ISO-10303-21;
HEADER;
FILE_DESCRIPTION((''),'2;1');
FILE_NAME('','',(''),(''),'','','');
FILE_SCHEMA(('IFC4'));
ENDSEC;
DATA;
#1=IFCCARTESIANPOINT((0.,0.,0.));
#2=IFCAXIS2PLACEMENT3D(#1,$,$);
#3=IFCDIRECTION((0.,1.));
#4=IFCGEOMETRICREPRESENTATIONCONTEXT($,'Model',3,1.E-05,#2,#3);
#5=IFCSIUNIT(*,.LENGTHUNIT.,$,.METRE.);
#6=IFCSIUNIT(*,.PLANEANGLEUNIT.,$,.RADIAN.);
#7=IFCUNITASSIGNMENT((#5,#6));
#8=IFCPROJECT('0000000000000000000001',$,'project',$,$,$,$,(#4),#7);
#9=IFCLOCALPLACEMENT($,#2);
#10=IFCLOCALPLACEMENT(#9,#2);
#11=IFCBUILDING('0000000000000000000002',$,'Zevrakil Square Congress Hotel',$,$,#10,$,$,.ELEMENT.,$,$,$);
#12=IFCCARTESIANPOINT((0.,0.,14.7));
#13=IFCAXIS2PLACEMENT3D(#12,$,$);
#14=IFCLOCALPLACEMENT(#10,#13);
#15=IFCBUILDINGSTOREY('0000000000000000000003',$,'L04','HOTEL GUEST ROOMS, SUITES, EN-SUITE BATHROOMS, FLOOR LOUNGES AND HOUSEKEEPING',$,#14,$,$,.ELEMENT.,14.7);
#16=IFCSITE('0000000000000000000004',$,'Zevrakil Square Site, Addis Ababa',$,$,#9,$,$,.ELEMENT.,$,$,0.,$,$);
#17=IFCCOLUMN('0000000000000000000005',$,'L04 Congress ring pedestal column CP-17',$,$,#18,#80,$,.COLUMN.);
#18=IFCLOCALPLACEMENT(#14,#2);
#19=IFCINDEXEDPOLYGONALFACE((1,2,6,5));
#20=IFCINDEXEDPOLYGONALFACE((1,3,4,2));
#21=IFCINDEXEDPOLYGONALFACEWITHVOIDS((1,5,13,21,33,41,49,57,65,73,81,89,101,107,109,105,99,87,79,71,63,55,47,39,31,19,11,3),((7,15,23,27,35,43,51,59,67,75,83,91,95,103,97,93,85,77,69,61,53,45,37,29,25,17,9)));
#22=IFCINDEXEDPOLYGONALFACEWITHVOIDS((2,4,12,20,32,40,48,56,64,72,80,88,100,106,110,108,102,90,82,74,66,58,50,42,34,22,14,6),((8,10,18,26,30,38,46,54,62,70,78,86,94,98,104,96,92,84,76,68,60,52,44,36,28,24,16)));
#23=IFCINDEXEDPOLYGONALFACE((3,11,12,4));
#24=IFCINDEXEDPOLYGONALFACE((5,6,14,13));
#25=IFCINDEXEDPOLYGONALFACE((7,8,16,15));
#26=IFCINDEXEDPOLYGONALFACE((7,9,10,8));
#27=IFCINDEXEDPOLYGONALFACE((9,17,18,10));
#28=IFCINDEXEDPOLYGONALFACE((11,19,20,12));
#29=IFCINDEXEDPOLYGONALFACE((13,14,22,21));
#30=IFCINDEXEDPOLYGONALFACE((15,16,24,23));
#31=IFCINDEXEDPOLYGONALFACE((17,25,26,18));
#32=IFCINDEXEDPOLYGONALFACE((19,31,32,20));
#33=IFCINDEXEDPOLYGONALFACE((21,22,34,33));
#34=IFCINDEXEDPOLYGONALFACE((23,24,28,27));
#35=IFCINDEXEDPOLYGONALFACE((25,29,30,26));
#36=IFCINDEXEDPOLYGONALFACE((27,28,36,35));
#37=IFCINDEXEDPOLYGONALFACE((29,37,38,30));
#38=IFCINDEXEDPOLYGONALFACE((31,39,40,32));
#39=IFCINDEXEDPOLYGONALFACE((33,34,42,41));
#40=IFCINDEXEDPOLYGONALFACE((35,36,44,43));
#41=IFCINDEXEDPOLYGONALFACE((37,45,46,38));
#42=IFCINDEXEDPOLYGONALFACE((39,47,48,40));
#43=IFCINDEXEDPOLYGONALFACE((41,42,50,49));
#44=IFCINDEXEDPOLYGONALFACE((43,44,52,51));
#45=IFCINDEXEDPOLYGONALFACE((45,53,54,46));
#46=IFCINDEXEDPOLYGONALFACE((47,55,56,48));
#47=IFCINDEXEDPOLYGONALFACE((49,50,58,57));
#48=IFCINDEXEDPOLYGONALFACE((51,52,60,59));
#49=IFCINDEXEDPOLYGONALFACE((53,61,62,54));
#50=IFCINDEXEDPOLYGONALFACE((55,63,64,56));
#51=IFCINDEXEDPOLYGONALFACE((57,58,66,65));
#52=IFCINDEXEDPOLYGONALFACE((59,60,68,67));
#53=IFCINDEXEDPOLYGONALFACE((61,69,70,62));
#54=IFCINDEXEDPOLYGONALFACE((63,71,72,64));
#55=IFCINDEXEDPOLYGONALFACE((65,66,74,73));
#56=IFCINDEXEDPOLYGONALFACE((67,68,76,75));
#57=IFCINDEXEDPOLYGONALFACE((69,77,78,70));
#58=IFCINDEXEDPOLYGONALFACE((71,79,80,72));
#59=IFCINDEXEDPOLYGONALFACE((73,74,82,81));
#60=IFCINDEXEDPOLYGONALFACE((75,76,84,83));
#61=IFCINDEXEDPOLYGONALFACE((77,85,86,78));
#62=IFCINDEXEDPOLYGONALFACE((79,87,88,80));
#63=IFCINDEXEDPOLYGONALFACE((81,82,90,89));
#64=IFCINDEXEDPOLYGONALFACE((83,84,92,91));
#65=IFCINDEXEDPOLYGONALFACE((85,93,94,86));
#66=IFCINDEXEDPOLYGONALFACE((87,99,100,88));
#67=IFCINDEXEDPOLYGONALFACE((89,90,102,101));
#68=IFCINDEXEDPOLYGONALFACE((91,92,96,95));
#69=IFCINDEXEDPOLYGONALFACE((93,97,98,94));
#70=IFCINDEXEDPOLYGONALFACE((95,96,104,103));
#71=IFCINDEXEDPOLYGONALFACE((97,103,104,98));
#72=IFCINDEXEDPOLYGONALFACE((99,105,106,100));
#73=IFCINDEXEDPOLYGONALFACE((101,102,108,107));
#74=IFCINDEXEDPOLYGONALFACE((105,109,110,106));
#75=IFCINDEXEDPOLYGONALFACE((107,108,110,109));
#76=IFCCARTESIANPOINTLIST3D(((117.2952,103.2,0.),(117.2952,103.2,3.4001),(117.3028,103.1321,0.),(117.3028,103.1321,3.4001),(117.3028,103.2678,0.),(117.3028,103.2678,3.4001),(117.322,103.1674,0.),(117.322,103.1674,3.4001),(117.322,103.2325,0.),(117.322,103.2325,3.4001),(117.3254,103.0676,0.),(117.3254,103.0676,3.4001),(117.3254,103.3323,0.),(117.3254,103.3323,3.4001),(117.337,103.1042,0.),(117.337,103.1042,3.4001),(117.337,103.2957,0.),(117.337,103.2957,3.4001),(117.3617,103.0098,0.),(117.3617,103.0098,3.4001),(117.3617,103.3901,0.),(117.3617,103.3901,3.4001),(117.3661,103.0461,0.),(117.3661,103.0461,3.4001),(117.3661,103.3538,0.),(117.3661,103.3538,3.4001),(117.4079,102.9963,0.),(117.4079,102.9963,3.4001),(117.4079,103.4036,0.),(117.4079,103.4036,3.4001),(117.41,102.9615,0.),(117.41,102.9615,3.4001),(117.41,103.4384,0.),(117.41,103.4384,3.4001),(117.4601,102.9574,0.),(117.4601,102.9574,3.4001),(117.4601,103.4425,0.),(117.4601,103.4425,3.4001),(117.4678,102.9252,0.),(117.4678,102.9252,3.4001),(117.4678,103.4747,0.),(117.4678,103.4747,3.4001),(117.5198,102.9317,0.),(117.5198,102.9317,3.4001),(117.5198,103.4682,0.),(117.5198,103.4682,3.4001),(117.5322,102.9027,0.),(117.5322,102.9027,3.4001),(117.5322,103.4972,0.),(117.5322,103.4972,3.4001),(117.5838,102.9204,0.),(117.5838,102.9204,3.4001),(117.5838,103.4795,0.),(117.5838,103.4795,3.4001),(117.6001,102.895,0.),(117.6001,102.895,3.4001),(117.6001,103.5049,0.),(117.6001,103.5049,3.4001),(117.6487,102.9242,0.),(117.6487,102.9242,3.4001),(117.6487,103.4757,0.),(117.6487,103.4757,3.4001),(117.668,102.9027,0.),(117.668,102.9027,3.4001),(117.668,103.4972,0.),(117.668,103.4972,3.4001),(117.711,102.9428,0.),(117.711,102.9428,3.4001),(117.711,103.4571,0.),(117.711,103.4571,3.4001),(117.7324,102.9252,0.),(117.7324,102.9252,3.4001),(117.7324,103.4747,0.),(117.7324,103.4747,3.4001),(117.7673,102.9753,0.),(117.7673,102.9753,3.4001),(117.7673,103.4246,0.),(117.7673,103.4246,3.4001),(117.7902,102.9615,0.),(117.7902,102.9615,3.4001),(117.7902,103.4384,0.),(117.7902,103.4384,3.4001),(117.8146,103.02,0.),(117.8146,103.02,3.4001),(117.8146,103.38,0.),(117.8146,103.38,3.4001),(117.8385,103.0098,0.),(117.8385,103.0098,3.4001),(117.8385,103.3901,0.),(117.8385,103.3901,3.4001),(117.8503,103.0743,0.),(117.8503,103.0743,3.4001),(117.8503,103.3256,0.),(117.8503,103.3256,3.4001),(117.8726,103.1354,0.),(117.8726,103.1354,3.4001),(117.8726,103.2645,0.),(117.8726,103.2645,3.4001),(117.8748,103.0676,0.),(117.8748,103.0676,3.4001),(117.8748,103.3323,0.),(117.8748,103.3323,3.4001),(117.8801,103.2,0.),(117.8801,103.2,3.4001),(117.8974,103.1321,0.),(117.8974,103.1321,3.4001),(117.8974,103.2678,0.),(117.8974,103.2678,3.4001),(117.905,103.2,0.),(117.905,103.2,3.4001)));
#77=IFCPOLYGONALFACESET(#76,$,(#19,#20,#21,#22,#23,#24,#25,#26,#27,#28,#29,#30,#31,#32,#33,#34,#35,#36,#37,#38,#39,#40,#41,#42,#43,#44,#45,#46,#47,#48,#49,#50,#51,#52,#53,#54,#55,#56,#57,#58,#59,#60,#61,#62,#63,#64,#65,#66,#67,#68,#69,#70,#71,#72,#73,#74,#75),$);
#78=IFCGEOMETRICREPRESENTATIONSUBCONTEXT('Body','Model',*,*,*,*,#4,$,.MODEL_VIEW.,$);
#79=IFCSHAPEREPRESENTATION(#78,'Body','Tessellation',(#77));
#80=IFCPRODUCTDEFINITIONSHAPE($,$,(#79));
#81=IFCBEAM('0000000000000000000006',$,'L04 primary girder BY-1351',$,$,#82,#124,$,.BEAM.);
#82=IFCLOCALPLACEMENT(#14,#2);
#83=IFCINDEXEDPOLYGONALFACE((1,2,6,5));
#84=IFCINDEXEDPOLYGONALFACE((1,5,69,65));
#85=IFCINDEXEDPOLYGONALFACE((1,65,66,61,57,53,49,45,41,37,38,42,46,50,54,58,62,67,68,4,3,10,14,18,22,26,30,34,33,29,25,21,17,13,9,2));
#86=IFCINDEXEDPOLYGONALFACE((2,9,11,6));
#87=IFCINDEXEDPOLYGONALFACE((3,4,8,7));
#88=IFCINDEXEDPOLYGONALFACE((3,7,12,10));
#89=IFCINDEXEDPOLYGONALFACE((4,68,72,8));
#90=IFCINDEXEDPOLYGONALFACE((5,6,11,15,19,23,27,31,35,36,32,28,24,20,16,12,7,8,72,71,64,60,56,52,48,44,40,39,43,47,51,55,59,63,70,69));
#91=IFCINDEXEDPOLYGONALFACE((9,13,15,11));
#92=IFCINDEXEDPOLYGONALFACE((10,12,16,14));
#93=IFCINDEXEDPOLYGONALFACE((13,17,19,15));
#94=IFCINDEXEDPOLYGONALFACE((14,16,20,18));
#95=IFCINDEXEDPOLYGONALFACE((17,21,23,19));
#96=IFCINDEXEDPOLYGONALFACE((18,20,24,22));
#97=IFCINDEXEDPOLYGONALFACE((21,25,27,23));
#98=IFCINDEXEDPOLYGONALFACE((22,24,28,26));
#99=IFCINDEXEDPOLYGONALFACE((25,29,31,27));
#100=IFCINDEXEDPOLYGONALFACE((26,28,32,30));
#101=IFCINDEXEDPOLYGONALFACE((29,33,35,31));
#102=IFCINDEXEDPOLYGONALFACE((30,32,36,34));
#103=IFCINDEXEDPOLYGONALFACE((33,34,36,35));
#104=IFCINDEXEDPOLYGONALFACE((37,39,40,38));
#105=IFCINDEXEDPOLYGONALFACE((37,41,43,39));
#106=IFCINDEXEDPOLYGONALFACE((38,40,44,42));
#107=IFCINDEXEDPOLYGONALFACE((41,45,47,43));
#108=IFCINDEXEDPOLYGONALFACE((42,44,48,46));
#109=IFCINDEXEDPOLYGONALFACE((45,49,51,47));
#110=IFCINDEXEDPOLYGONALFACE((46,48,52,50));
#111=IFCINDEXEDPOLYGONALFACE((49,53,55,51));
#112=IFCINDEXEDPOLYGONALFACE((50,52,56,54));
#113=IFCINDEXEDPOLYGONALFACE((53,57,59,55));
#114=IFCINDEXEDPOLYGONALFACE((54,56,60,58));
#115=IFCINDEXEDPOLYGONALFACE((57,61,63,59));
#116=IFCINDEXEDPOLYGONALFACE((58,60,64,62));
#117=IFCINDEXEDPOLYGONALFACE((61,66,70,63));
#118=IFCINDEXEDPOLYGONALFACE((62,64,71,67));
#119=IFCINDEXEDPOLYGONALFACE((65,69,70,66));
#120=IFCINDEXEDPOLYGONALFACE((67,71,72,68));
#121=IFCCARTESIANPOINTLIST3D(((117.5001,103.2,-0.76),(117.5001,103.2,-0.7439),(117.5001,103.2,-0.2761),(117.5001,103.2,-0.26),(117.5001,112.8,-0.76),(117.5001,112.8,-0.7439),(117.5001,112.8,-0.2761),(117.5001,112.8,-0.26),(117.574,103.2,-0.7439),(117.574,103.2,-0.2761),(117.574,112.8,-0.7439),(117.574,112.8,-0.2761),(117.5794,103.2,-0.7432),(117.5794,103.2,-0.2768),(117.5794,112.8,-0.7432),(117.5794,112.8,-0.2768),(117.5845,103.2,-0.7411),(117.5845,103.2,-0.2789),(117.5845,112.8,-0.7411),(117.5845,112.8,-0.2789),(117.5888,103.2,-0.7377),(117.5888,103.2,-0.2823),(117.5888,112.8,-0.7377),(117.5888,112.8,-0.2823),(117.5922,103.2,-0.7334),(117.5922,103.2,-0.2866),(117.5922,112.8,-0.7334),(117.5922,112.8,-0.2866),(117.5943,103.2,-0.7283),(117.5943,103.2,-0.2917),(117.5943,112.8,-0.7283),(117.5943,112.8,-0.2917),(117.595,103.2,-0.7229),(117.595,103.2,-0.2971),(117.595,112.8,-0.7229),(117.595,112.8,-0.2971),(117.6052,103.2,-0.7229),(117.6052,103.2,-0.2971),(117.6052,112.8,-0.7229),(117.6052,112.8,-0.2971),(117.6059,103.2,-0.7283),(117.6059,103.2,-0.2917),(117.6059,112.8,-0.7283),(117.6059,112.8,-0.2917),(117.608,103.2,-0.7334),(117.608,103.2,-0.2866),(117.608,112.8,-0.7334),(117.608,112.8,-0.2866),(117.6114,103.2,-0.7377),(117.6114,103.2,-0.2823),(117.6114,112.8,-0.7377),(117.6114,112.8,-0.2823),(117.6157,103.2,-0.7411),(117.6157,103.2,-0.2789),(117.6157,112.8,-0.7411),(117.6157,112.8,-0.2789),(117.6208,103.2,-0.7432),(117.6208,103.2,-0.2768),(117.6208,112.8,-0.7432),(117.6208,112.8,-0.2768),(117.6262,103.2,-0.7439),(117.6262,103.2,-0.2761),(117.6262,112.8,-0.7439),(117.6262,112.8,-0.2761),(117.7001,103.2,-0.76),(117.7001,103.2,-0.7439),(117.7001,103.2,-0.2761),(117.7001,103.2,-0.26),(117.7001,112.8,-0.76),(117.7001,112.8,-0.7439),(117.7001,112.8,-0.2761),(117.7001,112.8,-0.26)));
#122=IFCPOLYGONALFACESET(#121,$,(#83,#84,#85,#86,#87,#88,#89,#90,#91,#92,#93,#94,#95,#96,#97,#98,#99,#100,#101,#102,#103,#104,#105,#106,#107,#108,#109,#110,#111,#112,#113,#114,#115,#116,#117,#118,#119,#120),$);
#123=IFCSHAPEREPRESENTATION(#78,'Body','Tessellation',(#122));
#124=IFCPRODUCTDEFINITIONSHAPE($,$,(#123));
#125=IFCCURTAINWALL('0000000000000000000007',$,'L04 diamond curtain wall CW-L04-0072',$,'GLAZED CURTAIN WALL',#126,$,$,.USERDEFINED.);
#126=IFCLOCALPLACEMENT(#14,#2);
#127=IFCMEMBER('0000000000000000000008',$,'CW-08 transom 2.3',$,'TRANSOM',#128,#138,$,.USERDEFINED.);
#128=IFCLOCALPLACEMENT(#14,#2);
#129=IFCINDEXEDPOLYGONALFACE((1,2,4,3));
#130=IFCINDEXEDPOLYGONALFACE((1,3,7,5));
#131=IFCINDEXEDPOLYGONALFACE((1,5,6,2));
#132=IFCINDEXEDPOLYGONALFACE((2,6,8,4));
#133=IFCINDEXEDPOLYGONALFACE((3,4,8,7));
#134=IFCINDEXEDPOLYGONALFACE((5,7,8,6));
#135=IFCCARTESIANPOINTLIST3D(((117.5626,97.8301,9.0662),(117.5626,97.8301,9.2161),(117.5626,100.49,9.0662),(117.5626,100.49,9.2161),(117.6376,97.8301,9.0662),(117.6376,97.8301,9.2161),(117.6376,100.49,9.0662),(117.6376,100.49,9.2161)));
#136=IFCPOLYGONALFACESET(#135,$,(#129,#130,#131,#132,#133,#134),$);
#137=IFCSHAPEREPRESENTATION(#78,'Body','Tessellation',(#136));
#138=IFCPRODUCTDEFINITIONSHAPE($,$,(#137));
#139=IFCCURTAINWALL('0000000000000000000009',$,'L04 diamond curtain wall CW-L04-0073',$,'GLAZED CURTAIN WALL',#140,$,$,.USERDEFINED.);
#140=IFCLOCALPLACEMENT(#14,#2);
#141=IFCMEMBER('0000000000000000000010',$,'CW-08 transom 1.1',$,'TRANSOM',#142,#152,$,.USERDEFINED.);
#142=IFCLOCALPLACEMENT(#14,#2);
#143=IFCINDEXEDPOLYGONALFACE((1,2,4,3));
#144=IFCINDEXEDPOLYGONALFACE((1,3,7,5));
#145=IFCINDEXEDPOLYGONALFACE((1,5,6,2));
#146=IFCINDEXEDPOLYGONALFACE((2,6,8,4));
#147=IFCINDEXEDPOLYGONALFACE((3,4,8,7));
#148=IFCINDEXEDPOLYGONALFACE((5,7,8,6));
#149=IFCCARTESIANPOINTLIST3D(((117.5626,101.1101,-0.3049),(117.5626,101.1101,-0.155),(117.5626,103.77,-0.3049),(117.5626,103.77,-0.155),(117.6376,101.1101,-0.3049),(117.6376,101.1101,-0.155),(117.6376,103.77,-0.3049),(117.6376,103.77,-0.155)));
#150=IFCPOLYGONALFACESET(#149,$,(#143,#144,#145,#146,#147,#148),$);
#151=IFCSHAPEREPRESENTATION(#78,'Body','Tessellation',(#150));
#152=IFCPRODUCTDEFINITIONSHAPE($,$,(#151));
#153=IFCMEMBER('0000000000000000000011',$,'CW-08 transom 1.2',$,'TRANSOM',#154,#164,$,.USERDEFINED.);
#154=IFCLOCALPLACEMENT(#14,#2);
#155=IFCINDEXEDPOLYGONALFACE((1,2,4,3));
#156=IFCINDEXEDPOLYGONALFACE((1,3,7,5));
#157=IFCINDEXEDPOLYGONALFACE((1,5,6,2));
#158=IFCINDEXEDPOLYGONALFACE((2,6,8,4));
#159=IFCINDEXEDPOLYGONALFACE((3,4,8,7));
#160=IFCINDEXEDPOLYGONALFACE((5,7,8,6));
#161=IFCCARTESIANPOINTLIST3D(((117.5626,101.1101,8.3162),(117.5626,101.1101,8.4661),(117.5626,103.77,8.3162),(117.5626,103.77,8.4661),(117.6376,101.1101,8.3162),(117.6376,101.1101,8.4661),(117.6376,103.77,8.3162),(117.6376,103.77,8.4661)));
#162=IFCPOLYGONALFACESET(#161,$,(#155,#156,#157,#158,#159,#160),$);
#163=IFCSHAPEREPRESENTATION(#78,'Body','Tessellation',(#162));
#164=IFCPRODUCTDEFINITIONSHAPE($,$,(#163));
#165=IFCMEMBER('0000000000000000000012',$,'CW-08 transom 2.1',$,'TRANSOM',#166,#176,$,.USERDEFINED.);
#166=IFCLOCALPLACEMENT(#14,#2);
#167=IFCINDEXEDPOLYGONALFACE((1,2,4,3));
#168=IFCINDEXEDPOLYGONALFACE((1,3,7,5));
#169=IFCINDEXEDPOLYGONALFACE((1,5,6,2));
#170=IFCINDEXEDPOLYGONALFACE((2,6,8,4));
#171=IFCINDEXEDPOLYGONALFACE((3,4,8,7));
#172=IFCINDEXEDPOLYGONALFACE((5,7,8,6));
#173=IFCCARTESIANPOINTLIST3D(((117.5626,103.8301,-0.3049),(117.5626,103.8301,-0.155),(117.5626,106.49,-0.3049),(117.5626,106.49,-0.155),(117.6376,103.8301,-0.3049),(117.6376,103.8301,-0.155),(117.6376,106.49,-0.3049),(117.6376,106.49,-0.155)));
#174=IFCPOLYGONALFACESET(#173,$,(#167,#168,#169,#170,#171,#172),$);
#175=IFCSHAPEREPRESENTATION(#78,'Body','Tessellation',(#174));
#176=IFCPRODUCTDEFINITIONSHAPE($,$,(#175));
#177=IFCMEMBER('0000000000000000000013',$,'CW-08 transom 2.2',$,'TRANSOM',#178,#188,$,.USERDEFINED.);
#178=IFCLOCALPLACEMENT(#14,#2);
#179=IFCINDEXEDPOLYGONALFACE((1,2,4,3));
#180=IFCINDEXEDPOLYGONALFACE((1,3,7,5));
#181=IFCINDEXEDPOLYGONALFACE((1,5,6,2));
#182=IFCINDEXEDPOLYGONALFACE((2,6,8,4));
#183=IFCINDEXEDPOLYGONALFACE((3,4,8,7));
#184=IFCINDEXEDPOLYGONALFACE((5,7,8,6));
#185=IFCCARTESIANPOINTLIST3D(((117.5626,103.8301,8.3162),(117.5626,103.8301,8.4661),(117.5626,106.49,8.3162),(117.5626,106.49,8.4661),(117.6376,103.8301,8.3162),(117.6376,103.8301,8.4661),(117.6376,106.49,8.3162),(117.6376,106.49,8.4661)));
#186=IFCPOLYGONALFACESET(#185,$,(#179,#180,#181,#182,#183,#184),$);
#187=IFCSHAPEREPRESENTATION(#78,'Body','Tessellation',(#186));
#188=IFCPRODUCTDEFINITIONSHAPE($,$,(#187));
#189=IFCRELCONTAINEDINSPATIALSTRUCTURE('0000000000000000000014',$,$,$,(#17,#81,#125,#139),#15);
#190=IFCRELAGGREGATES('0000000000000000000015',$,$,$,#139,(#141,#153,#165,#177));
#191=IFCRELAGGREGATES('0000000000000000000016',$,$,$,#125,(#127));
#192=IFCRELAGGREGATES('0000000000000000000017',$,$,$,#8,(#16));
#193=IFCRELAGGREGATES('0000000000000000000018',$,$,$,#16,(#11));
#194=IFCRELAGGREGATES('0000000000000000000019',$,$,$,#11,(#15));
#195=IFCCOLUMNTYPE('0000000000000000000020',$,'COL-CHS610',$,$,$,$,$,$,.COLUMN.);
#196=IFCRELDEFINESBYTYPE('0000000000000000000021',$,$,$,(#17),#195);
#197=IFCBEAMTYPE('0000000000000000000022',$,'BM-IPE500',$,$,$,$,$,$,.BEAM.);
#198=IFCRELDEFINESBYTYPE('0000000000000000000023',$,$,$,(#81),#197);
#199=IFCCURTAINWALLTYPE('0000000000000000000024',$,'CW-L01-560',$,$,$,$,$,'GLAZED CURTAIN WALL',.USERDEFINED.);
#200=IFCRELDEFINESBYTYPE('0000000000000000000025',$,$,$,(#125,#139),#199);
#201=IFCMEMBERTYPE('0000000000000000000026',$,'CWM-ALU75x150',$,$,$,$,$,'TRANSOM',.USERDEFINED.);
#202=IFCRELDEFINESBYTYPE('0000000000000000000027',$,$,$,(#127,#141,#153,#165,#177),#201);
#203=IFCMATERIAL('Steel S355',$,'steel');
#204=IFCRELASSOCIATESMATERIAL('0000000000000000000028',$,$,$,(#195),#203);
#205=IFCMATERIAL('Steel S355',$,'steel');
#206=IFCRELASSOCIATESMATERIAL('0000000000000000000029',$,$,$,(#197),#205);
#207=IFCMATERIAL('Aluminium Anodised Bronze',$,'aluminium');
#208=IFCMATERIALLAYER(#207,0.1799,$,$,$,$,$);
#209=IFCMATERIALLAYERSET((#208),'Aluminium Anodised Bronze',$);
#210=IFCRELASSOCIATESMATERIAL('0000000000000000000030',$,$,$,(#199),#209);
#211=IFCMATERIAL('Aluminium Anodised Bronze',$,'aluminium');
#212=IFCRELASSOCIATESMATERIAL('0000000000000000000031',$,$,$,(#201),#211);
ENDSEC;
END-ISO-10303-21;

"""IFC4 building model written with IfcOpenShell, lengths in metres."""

from ifc_helpers import new_model, si_unit, direction, frame, origin, origin_2d, place, context, subcontext, project, spatial, rectangle, hollow_circle, i_section, extrude, material, layer, layer_set, material_profile, profile_set, type_object, element, aggregate, save


model = new_model("IFC4")

# Units and contexts
model_context = context("Model", 3, precision=1e-05, world=origin(), true_north=direction((0.0, 1.0)))
body_context = subcontext(model_context, "Body", "Model", "MODEL_VIEW")
ifc_project = project(units=[si_unit("LENGTHUNIT", "METRE"), si_unit("PLANEANGLEUNIT", "RADIAN")], contexts=[model_context])

# Site, building, storey
site_placement = place(None, origin())
site = spatial("IfcSite", under=ifc_project, at=site_placement, Name="Zevrakil Square Site, Addis Ababa", CompositionType="ELEMENT", RefElevation=0.0)
building_placement = place(site_placement, origin())
building = spatial("IfcBuilding", under=site, at=building_placement, Name="Zevrakil Square Congress Hotel", CompositionType="ELEMENT")
storey_placement = place(building_placement, frame((0.0, 0.0, 14.7)))
storey = spatial("IfcBuildingStorey", under=building, at=storey_placement, Name="L04", Description="HOTEL GUEST ROOMS, SUITES, EN-SUITE BATHROOMS, FLOOR LOUNGES AND HOUSEKEEPING", CompositionType="ELEMENT", Elevation=14.7)

# Column
ifc_material_1 = material(Name="Steel S355", Category="steel")
ifc_material_profile_1 = material_profile(ifc_material_1, hollow_circle(Radius=0.3049, WallThickness=0.0249, at=origin_2d()), Name="CHS 610x25")
ifc_profile_set_1 = profile_set([ifc_material_profile_1], Name="Steel S355")
column_type = type_object("IfcColumnType", Name="COL-CHS610", PredefinedType="COLUMN", material=ifc_profile_set_1)
column_placement = place(storey_placement, frame((117.6001, 103.2, 0.0), z_axis=(0.0, 0.0, 1.0), x_axis=(1.0, 0.0, 0.0)))
element("IfcColumn", 1, at=column_placement, inside=storey, type_object=column_type, Name="L04 Congress ring pedestal column CP-17", PredefinedType="COLUMN", context=body_context, shape_type="SweptSolid", body=[
    extrude(hollow_circle(Radius=0.3049, WallThickness=0.0249, at=origin_2d()), origin(), (0.0, 0.0, 1.0), 3.4001),
])

# Beam
ifc_material_2 = material(Name="Steel S355", Category="steel")
ifc_material_profile_2 = material_profile(ifc_material_2, i_section(OverallWidth=0.2, OverallDepth=0.5, WebThickness=0.0103, FlangeThickness=0.0161, FilletRadius=0.021, at=origin_2d()), Name="IPE 500")
ifc_profile_set_2 = profile_set([ifc_material_profile_2], Name="Steel S355")
beam_type = type_object("IfcBeamType", Name="BM-IPE500", PredefinedType="BEAM", material=ifc_profile_set_2)
beam_placement = place(storey_placement, frame((117.6001, 103.2, -0.51), z_axis=(0.0, 1.0, 0.0), x_axis=(-1.0, 0.0, 0.0)))
element("IfcBeam", 2, at=beam_placement, inside=storey, type_object=beam_type, Name="L04 primary girder BY-1351", PredefinedType="BEAM", context=body_context, shape_type="SweptSolid", body=[
    extrude(i_section(OverallWidth=0.2, OverallDepth=0.5, WebThickness=0.0103, FlangeThickness=0.0161, FilletRadius=0.021, at=origin_2d()), origin(), (0.0, 0.0, 1.0), 9.6001),
])

# Curtain wall, member
ifc_material_3 = material(Name="Aluminium Anodised Bronze", Category="aluminium")
ifc_layer_1 = layer(ifc_material_3, 0.1799)
ifc_layer_set_1 = layer_set([ifc_layer_1], Name="Aluminium Anodised Bronze")
curtain_wall_type = type_object("IfcCurtainWallType", Name="CW-L01-560", ElementType="GLAZED CURTAIN WALL", PredefinedType="USERDEFINED", material=ifc_layer_set_1)
curtain_wall_1_placement = place(storey_placement, origin())
curtain_wall_1 = element("IfcCurtainWall", 3, at=curtain_wall_1_placement, inside=storey, type_object=curtain_wall_type, Name="L04 diamond curtain wall CW-L04-0072", ObjectType="GLAZED CURTAIN WALL", PredefinedType="USERDEFINED")
ifc_material_4 = material(Name="Aluminium Anodised Bronze", Category="aluminium")
ifc_material_profile_3 = material_profile(ifc_material_4, rectangle(XDim=0.075, YDim=0.1499, at=origin_2d()), Name="ALU 75x150")
ifc_profile_set_3 = profile_set([ifc_material_profile_3], Name="Aluminium Anodised Bronze")
member_type_1 = type_object("IfcMemberType", Name="CWM-ALU75x150", ElementType="TRANSOM", PredefinedType="USERDEFINED", material=ifc_profile_set_3)
member_1_placement = place(storey_placement, frame((117.6001, 97.8301, 9.1411), z_axis=(0.0, 1.0, 0.0), x_axis=(-1.0, 0.0, 0.0)))
member_1 = element("IfcMember", 4, at=member_1_placement, type_object=member_type_1, Name="CW-08 transom 2.3", ObjectType="TRANSOM", PredefinedType="USERDEFINED", context=body_context, shape_type="SweptSolid", body=[
    extrude(rectangle(XDim=0.075, YDim=0.1499, at=origin_2d()), origin(), (0.0, 0.0, 1.0), 2.6599),
])

# Curtain wall, members
curtain_wall_2_placement = place(storey_placement, origin())
curtain_wall_2 = element("IfcCurtainWall", 5, at=curtain_wall_2_placement, inside=storey, type_object=curtain_wall_type, Name="L04 diamond curtain wall CW-L04-0073", ObjectType="GLAZED CURTAIN WALL", PredefinedType="USERDEFINED")
member_2_placement = place(storey_placement, frame((117.6001, 101.1101, -0.23), z_axis=(0.0, 1.0, 0.0), x_axis=(-1.0, 0.0, 0.0)))
member_2 = element("IfcMember", 6, at=member_2_placement, type_object=member_type_1, Name="CW-08 transom 1.1", ObjectType="TRANSOM", PredefinedType="USERDEFINED", context=body_context, shape_type="SweptSolid", body=[
    extrude(rectangle(XDim=0.075, YDim=0.1499, at=origin_2d()), origin(), (0.0, 0.0, 1.0), 2.6599),
])
member_3_placement = place(storey_placement, frame((117.6001, 101.1101, 8.3911), z_axis=(0.0, 1.0, 0.0), x_axis=(-1.0, 0.0, 0.0)))
member_3 = element("IfcMember", 7, at=member_3_placement, type_object=member_type_1, Name="CW-08 transom 1.2", ObjectType="TRANSOM", PredefinedType="USERDEFINED", context=body_context, shape_type="SweptSolid", body=[
    extrude(rectangle(XDim=0.075, YDim=0.1499, at=origin_2d()), origin(), (0.0, 0.0, 1.0), 2.6599),
])
member_4_placement = place(storey_placement, frame((117.6001, 103.8301, -0.23), z_axis=(0.0, 1.0, 0.0), x_axis=(-1.0, 0.0, 0.0)))
member_4 = element("IfcMember", 8, at=member_4_placement, type_object=member_type_1, Name="CW-08 transom 2.1", ObjectType="TRANSOM", PredefinedType="USERDEFINED", context=body_context, shape_type="SweptSolid", body=[
    extrude(rectangle(XDim=0.075, YDim=0.1499, at=origin_2d()), origin(), (0.0, 0.0, 1.0), 2.6599),
])
member_5_placement = place(storey_placement, frame((117.6001, 103.8301, 8.3911), z_axis=(0.0, 1.0, 0.0), x_axis=(-1.0, 0.0, 0.0)))
member_5 = element("IfcMember", 9, at=member_5_placement, type_object=member_type_1, Name="CW-08 transom 2.2", ObjectType="TRANSOM", PredefinedType="USERDEFINED", context=body_context, shape_type="SweptSolid", body=[
    extrude(rectangle(XDim=0.075, YDim=0.1499, at=origin_2d()), origin(), (0.0, 0.0, 1.0), 2.6599),
])

aggregate(curtain_wall_2, [member_2, member_3, member_4, member_5])
aggregate(curtain_wall_1, [member_1])

save(model, "model.ifc")
